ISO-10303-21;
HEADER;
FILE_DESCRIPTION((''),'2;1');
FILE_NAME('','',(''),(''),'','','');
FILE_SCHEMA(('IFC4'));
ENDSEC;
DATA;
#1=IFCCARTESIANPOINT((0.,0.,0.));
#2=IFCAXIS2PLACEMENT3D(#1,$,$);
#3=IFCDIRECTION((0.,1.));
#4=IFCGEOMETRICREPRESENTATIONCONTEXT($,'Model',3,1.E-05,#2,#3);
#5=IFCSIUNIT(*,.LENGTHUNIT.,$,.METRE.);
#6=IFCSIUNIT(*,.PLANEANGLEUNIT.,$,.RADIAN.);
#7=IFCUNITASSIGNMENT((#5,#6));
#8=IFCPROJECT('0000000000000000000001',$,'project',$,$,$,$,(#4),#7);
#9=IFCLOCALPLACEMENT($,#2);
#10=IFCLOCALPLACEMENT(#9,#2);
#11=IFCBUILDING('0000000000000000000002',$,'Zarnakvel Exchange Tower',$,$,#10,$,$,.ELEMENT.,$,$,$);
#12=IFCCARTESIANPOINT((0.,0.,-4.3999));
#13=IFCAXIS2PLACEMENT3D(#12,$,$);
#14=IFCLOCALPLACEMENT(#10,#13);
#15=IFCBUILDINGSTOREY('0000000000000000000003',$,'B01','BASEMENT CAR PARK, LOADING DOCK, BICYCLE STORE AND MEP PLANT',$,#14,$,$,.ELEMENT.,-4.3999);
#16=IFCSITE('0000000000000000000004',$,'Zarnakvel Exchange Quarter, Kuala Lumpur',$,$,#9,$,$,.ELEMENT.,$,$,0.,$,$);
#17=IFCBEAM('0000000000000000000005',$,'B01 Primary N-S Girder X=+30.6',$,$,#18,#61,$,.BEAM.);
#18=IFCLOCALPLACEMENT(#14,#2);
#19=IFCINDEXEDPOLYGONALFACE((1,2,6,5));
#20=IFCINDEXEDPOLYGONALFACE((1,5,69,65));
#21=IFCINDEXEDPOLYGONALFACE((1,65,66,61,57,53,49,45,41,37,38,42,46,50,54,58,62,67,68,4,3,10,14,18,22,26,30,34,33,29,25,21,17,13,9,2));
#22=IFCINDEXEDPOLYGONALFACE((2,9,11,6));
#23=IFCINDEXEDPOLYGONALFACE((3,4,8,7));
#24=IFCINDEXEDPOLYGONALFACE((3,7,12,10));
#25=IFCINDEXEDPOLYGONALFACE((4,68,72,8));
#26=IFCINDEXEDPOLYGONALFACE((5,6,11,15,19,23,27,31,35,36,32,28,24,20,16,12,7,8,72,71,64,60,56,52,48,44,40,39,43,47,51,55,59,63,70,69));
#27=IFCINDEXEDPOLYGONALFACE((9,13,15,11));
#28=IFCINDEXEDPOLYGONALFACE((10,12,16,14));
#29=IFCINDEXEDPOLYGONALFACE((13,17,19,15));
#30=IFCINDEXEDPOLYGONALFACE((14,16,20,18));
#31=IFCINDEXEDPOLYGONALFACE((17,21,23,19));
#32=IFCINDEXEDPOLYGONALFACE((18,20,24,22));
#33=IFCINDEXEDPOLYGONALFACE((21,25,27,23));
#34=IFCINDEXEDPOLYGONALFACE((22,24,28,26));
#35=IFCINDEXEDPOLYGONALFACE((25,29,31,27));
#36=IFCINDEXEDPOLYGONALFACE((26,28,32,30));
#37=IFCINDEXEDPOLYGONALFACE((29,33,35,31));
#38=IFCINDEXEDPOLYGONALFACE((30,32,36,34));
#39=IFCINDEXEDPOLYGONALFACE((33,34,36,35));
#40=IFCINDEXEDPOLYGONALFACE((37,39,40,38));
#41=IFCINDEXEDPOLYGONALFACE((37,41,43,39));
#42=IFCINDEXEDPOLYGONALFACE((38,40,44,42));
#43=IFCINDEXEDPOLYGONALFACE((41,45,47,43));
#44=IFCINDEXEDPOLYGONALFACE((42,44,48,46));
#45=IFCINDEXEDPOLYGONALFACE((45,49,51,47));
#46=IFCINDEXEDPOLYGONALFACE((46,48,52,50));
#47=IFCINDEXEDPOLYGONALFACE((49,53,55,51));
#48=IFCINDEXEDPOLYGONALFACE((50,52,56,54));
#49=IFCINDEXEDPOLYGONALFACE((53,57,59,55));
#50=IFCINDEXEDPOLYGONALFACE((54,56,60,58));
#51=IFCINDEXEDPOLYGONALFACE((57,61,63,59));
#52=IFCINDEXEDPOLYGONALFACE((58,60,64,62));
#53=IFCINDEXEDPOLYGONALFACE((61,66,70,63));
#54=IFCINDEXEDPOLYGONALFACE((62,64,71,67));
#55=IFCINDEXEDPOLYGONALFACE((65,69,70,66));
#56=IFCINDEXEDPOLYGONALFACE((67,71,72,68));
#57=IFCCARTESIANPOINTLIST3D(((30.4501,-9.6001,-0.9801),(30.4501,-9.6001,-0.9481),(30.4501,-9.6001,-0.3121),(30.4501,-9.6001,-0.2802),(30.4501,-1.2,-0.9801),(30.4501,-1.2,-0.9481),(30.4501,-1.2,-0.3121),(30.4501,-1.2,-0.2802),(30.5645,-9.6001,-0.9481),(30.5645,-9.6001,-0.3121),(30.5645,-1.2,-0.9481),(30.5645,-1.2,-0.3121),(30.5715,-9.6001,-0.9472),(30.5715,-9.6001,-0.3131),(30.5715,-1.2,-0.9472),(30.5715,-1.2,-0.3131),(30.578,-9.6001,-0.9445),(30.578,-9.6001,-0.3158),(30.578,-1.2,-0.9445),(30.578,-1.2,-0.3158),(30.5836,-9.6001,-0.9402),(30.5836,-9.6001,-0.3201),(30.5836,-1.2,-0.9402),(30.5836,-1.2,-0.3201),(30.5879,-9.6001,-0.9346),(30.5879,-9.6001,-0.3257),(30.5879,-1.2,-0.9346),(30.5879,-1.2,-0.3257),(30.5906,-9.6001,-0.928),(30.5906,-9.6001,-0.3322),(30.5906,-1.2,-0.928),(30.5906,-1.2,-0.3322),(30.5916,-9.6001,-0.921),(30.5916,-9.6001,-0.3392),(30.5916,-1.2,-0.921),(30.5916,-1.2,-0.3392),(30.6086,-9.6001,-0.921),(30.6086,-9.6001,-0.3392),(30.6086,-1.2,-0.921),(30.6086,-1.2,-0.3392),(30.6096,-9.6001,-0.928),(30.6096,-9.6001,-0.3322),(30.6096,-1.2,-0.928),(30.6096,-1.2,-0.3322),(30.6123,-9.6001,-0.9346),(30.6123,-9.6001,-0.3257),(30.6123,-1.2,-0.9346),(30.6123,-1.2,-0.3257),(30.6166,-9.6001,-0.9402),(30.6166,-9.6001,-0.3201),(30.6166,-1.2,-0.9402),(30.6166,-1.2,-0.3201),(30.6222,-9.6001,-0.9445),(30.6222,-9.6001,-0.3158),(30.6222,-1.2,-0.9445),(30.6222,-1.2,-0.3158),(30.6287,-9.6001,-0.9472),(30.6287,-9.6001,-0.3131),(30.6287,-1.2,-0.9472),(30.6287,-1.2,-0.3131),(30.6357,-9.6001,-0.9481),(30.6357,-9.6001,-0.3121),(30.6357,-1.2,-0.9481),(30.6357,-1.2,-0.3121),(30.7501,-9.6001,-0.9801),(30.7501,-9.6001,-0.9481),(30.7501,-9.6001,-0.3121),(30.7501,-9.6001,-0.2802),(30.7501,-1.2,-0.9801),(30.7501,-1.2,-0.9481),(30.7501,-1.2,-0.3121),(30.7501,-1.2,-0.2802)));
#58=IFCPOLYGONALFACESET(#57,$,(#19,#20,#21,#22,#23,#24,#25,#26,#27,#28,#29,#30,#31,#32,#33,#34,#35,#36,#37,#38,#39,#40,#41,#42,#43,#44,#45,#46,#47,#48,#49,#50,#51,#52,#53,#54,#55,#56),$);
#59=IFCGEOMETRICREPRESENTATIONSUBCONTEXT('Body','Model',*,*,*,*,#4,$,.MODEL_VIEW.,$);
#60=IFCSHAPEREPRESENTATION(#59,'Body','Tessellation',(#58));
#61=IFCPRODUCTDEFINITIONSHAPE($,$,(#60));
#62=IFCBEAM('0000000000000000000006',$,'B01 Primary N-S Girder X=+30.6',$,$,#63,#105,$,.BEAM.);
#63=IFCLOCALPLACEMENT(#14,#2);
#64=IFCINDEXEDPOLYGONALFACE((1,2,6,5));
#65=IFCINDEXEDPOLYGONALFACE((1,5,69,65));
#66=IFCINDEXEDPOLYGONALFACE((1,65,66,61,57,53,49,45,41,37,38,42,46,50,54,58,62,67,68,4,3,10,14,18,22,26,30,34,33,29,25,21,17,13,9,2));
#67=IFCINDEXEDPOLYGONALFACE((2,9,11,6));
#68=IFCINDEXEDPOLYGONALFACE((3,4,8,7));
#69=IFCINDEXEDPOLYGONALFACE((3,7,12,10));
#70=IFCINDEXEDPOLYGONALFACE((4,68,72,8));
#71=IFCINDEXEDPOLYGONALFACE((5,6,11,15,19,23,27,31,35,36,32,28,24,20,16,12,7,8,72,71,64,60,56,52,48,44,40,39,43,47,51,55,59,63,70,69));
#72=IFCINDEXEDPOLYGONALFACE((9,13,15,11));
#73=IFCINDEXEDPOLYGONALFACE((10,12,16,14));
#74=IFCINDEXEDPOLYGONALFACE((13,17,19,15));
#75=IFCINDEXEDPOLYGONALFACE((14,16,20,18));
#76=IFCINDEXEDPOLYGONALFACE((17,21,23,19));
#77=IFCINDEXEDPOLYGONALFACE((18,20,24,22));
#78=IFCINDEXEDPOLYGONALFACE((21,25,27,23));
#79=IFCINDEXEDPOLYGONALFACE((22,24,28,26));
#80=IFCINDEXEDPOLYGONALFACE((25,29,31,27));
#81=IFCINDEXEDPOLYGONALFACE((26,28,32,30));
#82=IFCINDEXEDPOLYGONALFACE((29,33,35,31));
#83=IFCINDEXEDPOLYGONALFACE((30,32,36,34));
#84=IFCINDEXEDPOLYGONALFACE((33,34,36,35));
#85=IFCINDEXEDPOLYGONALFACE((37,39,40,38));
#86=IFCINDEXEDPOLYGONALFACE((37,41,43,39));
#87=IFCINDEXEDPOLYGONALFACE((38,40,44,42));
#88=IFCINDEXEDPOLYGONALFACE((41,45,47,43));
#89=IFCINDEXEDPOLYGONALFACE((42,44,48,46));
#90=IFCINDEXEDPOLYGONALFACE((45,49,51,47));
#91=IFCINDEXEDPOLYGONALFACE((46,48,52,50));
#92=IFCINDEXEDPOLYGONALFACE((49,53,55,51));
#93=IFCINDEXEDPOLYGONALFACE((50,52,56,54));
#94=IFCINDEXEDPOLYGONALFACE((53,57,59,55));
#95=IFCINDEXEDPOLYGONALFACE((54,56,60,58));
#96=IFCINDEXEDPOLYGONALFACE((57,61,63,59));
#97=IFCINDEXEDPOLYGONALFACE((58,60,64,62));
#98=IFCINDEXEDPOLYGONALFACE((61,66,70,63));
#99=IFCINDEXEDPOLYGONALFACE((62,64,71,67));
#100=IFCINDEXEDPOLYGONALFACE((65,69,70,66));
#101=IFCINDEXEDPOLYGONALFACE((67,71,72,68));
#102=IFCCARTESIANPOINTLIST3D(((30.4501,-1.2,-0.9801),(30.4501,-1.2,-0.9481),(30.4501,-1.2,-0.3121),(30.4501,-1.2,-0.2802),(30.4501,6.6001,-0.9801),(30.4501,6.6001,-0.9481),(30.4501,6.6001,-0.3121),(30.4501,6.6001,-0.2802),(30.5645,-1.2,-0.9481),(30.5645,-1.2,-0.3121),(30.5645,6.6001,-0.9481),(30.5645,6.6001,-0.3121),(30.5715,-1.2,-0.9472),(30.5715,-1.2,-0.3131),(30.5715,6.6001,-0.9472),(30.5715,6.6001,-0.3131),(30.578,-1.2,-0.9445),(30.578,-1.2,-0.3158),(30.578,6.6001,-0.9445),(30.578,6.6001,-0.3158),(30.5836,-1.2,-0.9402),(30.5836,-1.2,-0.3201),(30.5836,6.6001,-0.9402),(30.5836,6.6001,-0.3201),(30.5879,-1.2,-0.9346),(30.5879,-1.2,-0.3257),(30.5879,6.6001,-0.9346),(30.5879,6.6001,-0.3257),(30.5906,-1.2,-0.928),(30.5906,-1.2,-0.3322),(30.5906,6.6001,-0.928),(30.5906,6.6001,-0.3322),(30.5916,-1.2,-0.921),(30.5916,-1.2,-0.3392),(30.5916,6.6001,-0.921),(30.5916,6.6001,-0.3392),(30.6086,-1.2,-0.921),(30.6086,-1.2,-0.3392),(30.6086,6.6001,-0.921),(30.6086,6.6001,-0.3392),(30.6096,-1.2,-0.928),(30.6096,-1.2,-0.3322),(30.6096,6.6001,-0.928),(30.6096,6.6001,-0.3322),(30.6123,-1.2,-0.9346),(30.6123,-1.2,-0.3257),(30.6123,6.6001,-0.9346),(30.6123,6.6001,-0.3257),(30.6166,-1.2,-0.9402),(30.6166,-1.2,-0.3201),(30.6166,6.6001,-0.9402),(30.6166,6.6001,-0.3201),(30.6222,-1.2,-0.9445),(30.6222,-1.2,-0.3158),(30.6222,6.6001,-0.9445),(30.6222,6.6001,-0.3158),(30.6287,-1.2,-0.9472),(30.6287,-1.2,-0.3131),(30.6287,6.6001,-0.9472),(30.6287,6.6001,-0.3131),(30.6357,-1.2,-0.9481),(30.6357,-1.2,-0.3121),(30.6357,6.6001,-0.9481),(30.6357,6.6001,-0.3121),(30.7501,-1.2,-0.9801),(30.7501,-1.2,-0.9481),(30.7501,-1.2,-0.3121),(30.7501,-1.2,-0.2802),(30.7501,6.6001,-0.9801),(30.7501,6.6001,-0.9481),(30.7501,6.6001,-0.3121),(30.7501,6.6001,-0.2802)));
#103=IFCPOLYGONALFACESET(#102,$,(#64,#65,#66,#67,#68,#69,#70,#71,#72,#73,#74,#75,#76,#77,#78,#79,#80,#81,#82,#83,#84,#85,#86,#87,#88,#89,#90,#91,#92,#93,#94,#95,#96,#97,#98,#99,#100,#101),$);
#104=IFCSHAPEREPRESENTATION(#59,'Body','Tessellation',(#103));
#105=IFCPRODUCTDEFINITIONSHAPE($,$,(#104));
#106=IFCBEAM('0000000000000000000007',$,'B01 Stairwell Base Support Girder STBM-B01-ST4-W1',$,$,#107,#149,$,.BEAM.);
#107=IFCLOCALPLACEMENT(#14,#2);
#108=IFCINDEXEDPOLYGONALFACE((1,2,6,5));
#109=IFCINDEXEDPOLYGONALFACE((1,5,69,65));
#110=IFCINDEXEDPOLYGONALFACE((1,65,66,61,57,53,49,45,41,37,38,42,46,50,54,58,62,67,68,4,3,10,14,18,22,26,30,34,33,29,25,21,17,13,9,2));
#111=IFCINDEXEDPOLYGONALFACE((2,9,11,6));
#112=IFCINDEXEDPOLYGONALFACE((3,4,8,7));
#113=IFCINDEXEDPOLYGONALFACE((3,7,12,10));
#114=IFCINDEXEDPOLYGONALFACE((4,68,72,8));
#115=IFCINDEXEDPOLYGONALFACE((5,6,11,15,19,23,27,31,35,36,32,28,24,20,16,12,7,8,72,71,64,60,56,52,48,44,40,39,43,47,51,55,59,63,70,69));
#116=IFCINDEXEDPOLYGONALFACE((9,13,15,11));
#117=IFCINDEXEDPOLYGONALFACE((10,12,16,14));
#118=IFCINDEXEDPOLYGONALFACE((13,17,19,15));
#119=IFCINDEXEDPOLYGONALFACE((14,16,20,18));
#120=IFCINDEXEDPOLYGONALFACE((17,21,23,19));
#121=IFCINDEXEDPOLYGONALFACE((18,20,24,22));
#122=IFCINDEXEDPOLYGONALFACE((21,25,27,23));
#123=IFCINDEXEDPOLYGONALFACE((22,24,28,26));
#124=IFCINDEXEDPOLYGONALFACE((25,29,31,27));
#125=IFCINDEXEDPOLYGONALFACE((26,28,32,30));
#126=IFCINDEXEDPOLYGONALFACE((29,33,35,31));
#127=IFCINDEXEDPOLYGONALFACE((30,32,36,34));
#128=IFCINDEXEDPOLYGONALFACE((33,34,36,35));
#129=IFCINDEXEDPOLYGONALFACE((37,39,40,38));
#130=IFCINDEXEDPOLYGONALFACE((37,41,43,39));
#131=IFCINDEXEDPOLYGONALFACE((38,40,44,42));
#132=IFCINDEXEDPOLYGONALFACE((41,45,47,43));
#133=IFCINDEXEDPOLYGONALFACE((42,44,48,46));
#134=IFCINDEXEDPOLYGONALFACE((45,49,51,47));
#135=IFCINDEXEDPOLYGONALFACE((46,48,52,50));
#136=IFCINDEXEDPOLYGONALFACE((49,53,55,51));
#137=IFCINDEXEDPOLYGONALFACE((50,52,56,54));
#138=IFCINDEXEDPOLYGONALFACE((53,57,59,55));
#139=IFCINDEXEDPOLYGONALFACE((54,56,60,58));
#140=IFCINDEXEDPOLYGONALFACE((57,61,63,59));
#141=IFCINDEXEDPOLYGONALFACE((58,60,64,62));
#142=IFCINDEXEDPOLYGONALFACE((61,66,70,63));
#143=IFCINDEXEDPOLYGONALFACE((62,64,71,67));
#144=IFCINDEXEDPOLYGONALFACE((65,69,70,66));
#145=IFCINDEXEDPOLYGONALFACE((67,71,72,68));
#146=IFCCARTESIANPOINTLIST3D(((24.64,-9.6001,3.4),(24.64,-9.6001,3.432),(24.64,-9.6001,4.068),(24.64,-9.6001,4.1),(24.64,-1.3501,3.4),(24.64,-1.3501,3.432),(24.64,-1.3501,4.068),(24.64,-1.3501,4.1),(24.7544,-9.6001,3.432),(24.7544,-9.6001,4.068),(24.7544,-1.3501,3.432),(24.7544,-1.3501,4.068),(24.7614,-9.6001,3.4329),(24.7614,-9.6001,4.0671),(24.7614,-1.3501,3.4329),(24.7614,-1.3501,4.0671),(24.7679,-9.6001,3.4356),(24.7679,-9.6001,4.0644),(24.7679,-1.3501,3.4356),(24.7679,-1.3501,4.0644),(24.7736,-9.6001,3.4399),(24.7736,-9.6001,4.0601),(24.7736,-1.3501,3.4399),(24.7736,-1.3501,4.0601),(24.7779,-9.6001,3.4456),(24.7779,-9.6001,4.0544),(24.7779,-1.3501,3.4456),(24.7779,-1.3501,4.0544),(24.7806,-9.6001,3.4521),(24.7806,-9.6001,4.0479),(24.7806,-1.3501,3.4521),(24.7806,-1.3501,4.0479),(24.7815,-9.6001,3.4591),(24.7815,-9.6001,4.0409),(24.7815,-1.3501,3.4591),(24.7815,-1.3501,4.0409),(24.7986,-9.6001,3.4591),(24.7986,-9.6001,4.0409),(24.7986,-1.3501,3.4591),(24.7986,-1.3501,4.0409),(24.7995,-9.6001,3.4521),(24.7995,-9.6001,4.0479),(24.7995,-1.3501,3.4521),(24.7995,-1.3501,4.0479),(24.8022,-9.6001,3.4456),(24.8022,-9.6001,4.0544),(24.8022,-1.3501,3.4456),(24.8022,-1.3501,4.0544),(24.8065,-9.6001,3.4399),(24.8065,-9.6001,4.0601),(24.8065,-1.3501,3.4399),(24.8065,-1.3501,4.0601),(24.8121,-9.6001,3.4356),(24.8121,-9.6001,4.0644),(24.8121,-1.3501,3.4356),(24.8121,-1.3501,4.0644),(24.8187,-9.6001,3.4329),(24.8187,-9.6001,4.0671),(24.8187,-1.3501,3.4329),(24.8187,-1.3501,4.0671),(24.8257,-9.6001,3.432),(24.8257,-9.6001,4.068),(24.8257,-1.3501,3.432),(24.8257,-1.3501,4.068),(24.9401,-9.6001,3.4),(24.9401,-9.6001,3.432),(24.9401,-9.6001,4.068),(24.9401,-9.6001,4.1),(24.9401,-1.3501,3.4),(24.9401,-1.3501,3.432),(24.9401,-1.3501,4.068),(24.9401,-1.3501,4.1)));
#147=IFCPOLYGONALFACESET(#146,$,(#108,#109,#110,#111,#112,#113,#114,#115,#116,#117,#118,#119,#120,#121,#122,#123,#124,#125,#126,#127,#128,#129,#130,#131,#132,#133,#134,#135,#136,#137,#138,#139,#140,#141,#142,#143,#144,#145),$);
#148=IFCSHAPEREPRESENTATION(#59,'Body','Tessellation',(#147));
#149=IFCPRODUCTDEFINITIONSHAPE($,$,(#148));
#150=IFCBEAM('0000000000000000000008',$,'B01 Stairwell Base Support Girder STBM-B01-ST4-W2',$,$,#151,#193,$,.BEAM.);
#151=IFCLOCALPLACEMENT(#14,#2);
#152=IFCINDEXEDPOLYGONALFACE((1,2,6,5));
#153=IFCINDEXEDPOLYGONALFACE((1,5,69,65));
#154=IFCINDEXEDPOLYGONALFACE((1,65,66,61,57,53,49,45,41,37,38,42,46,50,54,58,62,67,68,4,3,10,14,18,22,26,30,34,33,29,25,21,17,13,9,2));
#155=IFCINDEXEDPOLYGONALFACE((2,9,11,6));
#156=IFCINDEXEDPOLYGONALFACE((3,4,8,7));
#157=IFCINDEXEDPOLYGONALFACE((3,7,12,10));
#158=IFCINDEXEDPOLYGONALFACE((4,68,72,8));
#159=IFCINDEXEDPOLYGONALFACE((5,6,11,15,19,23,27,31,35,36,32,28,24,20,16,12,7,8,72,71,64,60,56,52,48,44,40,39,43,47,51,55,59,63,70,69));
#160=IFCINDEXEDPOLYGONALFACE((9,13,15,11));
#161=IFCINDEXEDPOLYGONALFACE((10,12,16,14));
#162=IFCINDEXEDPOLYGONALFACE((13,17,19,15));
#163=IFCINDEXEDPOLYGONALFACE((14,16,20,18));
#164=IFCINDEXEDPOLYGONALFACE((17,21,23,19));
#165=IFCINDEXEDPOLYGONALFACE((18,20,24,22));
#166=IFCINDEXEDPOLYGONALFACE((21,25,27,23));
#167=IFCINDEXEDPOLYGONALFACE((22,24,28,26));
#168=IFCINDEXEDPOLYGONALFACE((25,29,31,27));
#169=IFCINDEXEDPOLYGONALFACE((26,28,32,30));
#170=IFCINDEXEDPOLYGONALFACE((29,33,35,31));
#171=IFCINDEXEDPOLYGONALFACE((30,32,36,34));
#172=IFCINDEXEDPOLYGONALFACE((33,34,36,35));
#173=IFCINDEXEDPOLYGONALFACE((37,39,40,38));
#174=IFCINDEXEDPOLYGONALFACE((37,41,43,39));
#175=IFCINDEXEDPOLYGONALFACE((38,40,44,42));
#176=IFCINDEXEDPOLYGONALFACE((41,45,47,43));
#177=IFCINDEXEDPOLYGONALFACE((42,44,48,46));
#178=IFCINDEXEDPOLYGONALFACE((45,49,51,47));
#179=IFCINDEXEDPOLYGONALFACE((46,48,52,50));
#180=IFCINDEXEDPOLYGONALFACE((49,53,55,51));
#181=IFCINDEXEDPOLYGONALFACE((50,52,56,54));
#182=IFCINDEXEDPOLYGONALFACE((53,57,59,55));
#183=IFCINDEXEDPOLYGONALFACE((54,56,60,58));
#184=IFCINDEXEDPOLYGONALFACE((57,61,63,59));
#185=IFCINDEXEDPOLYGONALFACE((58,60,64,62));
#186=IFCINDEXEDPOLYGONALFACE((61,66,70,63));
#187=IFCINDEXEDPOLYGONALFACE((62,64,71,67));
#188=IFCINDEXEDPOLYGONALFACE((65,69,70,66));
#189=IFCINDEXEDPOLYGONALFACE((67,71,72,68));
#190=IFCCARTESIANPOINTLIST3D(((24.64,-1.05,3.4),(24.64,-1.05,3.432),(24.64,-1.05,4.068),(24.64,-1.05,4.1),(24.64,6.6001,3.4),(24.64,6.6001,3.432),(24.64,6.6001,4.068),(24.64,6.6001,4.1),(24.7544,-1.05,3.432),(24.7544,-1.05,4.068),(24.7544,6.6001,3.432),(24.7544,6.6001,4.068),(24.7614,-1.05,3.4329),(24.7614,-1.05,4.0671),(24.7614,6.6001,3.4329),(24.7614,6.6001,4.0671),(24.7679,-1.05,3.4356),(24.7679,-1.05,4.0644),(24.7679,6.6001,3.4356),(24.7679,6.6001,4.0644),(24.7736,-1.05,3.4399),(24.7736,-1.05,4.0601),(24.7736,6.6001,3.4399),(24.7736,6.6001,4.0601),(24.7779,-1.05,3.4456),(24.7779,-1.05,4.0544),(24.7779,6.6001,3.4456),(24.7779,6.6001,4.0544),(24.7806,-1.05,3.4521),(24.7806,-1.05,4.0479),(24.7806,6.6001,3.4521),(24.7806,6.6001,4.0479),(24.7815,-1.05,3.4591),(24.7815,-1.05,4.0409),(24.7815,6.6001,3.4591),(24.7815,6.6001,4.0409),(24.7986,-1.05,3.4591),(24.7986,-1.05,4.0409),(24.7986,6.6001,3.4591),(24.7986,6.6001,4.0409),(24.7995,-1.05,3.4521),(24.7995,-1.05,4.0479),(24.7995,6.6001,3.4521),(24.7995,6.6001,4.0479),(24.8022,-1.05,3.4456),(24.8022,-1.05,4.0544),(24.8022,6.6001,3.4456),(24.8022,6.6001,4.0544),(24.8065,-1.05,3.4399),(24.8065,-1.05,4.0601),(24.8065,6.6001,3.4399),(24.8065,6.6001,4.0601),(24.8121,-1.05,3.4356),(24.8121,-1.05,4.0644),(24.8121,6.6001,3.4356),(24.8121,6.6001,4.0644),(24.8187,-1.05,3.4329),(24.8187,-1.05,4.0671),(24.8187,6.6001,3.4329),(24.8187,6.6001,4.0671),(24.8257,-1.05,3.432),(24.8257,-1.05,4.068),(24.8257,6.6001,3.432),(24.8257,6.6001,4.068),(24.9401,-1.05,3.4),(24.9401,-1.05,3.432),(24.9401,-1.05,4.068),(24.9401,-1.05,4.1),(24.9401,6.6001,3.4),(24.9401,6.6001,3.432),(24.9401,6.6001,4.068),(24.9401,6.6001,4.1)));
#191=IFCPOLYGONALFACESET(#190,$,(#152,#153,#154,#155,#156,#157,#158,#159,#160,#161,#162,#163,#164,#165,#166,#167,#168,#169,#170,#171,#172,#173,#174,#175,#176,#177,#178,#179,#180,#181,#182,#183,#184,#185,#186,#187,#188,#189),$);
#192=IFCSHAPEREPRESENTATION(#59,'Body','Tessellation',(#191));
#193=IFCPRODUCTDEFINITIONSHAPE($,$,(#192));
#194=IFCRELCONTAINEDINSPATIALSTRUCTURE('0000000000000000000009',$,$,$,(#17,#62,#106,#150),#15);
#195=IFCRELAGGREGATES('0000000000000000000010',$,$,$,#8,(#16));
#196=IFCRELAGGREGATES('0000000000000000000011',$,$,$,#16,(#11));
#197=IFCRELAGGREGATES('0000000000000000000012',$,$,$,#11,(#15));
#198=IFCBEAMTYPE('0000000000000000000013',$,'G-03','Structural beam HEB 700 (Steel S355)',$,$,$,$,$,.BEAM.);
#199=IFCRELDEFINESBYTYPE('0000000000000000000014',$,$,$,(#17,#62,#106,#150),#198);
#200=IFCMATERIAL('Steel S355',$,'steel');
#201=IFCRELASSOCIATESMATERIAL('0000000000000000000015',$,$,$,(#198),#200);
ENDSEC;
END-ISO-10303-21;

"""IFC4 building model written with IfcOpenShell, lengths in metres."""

from ifc_helpers import new_model, si_unit, direction, frame, origin, origin_2d, place, context, subcontext, project, spatial, i_section, extrude, material, material_profile, profile_set, type_object, element, save


model = new_model("IFC4")

# Units and contexts
model_context = context("Model", 3, precision=1e-05, world=origin(), true_north=direction((0.0, 1.0)))
body_context = subcontext(model_context, "Body", "Model", "MODEL_VIEW")
ifc_project = project(units=[si_unit("LENGTHUNIT", "METRE"), si_unit("PLANEANGLEUNIT", "RADIAN")], contexts=[model_context])

# Site, building, storey
site_placement = place(None, origin())
site = spatial("IfcSite", under=ifc_project, at=site_placement, Name="Zarnakvel Exchange Quarter, Kuala Lumpur", CompositionType="ELEMENT", RefElevation=0.0)
building_placement = place(site_placement, origin())
building = spatial("IfcBuilding", under=site, at=building_placement, Name="Zarnakvel Exchange Tower", CompositionType="ELEMENT")
storey_placement = place(building_placement, frame((0.0, 0.0, -4.3999)))
storey = spatial("IfcBuildingStorey", under=building, at=storey_placement, Name="B01", Description="BASEMENT CAR PARK, LOADING DOCK, BICYCLE STORE AND MEP PLANT", CompositionType="ELEMENT", Elevation=-4.3999)

# Beams
ifc_material_1 = material(Name="Steel S355", Category="steel")
ifc_material_profile_1 = material_profile(ifc_material_1, i_section(OverallWidth=0.3, OverallDepth=0.7, WebThickness=0.0171, FlangeThickness=0.032, FilletRadius=0.0271, at=origin_2d()))
ifc_profile_set_1 = profile_set([ifc_material_profile_1], Name="Steel S355")
beam_type_1 = type_object("IfcBeamType", Name="G-03", Description="Structural beam HEB 700 (Steel S355)", PredefinedType="BEAM", material=ifc_profile_set_1)
beam_1_placement = place(storey_placement, frame((30.6001, -9.6001, -0.6301), z_axis=(0.0, 1.0, 0.0), x_axis=(-1.0, 0.0, 0.0)))
element("IfcBeam", 1, at=beam_1_placement, inside=storey, type_object=beam_type_1, Name="B01 Primary N-S Girder X=+30.6", PredefinedType="BEAM", context=body_context, shape_type="SweptSolid", body=[
    extrude(i_section(OverallWidth=0.3, OverallDepth=0.7, WebThickness=0.0171, FlangeThickness=0.032, FilletRadius=0.0271, at=origin_2d()), origin(), (0.0, 0.0, 1.0), 8.4001),
])
beam_2_placement = place(storey_placement, frame((30.6001, -1.2, -0.6301), z_axis=(0.0, 1.0, 0.0), x_axis=(-1.0, 0.0, 0.0)))
element("IfcBeam", 2, at=beam_2_placement, inside=storey, type_object=beam_type_1, Name="B01 Primary N-S Girder X=+30.6", PredefinedType="BEAM", context=body_context, shape_type="SweptSolid", body=[
    extrude(i_section(OverallWidth=0.3, OverallDepth=0.7, WebThickness=0.0171, FlangeThickness=0.032, FilletRadius=0.0271, at=origin_2d()), origin(), (0.0, 0.0, 1.0), 7.8),
])
beam_3_placement = place(storey_placement, frame((24.79, -9.6001, 3.75), z_axis=(0.0, 1.0, 0.0), x_axis=(-1.0, 0.0, 0.0)))
element("IfcBeam", 3, at=beam_3_placement, inside=storey, type_object=beam_type_1, Name="B01 Stairwell Base Support Girder STBM-B01-ST4-W1", PredefinedType="BEAM", context=body_context, shape_type="SweptSolid", body=[
    extrude(i_section(OverallWidth=0.3, OverallDepth=0.7, WebThickness=0.0171, FlangeThickness=0.032, FilletRadius=0.0271, at=origin_2d()), origin(), (0.0, 0.0, 1.0), 8.25),
])
beam_4_placement = place(storey_placement, frame((24.79, -1.05, 3.75), z_axis=(0.0, 1.0, 0.0), x_axis=(-1.0, 0.0, 0.0)))
element("IfcBeam", 4, at=beam_4_placement, inside=storey, type_object=beam_type_1, Name="B01 Stairwell Base Support Girder STBM-B01-ST4-W2", PredefinedType="BEAM", context=body_context, shape_type="SweptSolid", body=[
    extrude(i_section(OverallWidth=0.3, OverallDepth=0.7, WebThickness=0.0171, FlangeThickness=0.032, FilletRadius=0.0271, at=origin_2d()), origin(), (0.0, 0.0, 1.0), 7.6501),
])

save(model, "model.ifc")
